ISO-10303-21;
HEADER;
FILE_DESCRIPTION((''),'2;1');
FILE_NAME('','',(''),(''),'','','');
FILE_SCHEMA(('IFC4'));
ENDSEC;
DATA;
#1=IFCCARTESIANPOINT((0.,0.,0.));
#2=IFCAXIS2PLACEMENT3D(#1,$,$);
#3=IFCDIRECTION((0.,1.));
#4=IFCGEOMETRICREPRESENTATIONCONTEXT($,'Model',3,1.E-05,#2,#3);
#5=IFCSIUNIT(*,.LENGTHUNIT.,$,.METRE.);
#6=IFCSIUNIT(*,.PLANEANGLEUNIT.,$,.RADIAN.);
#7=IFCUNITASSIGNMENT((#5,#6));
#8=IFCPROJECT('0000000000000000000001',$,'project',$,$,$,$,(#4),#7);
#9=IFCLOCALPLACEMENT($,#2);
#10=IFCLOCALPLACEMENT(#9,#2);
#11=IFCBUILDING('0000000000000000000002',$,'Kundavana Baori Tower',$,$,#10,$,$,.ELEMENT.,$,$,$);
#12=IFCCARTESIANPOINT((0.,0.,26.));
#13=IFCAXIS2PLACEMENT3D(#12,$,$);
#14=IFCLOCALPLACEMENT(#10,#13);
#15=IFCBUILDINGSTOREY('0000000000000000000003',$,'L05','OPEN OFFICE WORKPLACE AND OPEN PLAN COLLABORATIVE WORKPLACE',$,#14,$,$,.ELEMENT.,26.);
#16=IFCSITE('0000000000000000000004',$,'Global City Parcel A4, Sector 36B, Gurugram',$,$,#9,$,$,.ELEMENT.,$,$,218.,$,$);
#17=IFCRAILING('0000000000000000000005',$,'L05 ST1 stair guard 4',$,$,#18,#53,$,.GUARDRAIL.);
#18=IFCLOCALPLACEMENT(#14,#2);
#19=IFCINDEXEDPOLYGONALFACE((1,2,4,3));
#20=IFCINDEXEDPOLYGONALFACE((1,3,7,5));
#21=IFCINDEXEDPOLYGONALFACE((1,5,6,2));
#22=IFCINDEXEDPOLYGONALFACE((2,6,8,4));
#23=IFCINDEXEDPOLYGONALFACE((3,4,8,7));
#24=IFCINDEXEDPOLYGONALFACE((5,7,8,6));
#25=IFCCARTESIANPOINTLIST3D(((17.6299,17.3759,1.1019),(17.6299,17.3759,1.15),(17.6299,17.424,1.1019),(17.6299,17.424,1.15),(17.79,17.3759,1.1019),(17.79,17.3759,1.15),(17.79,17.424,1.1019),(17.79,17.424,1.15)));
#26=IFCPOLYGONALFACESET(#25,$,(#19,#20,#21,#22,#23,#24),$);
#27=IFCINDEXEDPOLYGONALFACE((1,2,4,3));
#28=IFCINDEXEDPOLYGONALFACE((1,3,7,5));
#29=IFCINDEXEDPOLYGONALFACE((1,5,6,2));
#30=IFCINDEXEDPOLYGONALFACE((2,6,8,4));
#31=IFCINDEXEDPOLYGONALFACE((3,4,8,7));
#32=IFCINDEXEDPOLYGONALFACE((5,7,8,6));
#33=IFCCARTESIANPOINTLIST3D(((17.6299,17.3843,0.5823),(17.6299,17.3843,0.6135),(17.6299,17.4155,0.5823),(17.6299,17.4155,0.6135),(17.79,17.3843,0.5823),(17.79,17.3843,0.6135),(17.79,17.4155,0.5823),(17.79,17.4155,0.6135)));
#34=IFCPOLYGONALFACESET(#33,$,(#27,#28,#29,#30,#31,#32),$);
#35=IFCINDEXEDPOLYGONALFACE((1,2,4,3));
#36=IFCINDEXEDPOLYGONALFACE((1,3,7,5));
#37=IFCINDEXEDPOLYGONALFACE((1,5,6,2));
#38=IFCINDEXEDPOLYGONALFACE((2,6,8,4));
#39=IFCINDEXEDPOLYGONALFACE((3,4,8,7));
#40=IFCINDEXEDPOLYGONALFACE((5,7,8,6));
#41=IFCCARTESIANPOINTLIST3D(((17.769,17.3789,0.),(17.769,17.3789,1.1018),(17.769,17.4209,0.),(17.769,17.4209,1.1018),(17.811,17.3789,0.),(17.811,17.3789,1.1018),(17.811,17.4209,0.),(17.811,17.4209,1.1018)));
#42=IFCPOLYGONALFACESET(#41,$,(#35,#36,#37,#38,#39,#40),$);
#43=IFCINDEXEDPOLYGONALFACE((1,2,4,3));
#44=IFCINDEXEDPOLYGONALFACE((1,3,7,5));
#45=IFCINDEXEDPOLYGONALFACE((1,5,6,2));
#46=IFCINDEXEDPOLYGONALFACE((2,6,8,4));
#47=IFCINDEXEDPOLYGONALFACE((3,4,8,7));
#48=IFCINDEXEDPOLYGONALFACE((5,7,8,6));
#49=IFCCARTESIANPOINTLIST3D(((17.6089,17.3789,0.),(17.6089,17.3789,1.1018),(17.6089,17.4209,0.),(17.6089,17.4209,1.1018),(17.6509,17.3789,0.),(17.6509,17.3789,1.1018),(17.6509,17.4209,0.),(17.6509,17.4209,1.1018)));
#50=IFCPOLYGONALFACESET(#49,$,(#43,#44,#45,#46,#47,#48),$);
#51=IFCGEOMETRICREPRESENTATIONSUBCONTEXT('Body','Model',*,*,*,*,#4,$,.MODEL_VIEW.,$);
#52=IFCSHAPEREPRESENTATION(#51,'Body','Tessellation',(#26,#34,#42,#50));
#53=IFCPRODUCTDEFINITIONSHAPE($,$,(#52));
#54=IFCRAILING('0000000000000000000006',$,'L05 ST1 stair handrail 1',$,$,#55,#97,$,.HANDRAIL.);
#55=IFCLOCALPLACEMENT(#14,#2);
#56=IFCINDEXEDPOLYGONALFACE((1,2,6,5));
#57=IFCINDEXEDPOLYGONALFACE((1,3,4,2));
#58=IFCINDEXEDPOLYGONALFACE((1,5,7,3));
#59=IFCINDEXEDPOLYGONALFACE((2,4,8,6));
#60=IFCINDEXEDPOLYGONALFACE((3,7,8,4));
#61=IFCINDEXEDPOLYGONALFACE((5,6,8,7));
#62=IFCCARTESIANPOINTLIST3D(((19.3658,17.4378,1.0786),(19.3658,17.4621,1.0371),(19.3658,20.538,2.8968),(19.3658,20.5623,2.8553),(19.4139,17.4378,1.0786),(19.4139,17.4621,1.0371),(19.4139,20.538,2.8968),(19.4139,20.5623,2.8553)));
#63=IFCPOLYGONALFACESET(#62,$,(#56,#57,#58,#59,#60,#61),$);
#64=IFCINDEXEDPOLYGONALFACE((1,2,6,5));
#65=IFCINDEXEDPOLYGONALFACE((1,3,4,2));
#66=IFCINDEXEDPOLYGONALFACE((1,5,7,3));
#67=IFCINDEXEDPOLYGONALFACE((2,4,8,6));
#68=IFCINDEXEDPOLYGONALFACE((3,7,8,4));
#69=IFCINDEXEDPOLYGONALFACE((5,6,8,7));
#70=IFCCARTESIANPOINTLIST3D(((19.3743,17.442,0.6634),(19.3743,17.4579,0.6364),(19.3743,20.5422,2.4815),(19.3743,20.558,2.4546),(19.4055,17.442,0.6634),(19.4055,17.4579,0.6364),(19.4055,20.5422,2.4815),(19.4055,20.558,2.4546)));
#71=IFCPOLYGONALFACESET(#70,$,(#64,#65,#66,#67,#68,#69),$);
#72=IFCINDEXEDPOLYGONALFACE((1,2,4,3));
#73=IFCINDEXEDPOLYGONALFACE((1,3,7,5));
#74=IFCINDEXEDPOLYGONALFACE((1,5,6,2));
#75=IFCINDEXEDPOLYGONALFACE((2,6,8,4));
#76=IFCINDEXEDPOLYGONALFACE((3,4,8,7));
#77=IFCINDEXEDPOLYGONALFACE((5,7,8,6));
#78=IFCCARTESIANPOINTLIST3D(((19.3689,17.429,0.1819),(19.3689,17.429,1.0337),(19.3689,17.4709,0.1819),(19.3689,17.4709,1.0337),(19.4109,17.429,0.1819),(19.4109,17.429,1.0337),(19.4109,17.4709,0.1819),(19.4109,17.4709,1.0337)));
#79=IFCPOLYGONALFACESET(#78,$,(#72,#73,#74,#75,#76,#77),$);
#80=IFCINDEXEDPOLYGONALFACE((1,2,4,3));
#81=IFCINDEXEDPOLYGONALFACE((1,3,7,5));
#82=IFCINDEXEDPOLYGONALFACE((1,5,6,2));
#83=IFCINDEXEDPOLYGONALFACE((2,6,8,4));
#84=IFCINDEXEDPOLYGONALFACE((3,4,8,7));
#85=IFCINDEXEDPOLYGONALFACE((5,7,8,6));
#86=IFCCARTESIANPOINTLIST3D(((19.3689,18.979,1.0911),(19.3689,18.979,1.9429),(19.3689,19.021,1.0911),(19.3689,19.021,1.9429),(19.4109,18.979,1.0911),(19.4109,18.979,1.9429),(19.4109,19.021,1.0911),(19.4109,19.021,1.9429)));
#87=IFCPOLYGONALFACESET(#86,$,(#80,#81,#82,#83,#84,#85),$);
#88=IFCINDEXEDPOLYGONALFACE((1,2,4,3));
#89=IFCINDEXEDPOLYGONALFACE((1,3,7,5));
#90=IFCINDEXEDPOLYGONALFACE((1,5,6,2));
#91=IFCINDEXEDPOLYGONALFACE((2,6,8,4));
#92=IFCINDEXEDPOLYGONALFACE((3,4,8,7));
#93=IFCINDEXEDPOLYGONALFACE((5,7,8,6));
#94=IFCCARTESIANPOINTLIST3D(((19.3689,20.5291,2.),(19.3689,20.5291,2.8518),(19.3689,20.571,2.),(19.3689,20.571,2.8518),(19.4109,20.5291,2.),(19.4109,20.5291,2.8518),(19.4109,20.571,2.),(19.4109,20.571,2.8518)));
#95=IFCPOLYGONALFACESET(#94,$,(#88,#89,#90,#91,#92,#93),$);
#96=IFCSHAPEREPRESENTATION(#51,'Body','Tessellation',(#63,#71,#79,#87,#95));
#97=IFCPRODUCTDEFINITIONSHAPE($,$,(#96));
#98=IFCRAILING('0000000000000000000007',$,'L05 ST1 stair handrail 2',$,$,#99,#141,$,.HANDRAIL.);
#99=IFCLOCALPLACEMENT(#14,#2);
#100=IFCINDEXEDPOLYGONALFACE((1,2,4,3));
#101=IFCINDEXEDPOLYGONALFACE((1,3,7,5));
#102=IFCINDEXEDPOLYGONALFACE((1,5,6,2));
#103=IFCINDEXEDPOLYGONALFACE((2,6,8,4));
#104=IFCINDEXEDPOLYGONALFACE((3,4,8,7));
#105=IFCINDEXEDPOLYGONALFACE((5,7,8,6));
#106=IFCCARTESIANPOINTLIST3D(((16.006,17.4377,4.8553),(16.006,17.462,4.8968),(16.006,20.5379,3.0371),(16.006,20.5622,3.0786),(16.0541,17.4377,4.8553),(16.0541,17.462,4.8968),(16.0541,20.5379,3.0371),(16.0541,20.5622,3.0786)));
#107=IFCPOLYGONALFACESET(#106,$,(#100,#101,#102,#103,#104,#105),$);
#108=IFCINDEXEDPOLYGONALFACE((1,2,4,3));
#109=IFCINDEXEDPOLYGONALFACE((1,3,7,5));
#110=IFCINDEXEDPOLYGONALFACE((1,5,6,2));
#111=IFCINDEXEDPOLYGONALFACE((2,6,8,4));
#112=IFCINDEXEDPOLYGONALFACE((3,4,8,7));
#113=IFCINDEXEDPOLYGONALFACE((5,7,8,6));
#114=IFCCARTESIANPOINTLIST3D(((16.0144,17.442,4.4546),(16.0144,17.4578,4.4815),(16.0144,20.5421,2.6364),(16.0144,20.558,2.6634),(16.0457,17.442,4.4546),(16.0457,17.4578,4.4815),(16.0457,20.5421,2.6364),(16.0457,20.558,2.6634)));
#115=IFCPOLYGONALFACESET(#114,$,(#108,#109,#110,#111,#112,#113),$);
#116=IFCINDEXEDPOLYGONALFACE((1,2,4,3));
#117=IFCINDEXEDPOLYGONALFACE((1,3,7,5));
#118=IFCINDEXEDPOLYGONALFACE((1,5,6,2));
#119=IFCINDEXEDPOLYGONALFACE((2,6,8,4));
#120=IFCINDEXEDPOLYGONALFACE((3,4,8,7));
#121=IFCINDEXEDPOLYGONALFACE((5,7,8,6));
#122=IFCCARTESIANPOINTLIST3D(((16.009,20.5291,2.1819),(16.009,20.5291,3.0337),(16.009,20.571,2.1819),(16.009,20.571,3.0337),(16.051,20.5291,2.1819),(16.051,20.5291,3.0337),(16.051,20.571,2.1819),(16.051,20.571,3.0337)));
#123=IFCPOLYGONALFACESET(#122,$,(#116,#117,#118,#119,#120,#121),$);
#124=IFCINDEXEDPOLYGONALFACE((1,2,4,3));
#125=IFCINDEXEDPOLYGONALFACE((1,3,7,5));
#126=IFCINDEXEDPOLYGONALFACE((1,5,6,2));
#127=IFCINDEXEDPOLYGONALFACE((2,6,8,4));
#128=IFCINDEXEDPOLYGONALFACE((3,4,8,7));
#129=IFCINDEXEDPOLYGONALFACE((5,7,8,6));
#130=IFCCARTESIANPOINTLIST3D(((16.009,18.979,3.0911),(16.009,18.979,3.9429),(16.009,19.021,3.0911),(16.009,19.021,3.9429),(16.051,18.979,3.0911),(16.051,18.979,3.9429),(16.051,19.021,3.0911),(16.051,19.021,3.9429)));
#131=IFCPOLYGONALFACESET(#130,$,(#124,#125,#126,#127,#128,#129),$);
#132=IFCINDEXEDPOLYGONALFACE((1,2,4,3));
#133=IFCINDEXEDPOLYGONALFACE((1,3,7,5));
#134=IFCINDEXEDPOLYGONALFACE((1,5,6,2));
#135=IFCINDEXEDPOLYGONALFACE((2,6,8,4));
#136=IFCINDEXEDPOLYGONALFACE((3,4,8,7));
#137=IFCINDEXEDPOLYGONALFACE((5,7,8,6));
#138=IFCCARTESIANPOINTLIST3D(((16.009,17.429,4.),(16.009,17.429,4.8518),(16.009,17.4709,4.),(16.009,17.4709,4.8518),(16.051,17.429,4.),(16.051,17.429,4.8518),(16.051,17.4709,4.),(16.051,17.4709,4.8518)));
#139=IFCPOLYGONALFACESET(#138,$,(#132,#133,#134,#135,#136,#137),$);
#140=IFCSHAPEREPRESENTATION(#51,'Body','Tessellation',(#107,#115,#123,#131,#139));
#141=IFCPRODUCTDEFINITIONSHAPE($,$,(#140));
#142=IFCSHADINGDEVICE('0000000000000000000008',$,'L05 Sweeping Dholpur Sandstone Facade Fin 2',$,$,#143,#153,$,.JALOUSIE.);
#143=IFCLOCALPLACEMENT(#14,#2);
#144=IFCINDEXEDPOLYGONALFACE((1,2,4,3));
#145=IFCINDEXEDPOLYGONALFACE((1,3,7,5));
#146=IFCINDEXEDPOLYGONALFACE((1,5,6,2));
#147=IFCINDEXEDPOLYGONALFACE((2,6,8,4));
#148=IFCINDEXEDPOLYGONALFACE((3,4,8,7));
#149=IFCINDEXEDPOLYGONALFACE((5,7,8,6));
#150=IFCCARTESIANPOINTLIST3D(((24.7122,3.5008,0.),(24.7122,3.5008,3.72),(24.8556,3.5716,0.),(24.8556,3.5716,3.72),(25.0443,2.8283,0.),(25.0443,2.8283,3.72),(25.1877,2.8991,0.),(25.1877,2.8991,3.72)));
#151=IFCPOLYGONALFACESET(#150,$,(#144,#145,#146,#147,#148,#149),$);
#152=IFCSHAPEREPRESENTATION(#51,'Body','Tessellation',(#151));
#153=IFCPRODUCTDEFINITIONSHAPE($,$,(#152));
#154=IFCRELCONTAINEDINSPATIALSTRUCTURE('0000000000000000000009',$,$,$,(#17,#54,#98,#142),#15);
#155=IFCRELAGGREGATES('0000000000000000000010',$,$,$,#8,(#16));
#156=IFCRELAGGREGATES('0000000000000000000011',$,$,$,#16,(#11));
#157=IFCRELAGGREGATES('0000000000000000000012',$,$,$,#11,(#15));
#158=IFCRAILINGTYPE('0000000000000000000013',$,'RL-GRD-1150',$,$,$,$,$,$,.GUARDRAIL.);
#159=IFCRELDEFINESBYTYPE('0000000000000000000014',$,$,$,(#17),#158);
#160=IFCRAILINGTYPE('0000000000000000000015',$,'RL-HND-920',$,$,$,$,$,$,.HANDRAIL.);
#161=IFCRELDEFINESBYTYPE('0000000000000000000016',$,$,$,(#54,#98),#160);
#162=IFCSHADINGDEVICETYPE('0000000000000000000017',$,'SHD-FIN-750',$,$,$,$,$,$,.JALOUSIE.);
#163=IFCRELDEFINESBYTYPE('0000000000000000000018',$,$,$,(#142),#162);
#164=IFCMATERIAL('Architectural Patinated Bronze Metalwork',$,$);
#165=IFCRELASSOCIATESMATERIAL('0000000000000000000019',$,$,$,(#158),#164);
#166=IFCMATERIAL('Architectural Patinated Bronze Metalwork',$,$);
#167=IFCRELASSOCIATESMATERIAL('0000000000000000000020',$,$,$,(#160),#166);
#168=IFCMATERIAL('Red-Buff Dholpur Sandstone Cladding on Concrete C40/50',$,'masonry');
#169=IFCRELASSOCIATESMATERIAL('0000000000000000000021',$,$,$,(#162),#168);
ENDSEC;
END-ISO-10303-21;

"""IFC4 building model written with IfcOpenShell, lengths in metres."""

from ifc_helpers import new_model, si_unit, direction, frame, origin, origin_2d, place, context, subcontext, project, spatial, rectangle, extrude, material, type_object, element, save


model = new_model("IFC4")

# Units and contexts
model_context = context("Model", 3, precision=1e-05, world=origin(), true_north=direction((0.0, 1.0)))
body_context = subcontext(model_context, "Body", "Model", "MODEL_VIEW")
ifc_project = project(units=[si_unit("LENGTHUNIT", "METRE"), si_unit("PLANEANGLEUNIT", "RADIAN")], contexts=[model_context])

# Site, building, storey
site_placement = place(None, origin())
site = spatial("IfcSite", under=ifc_project, at=site_placement, Name="Global City Parcel A4, Sector 36B, Gurugram", CompositionType="ELEMENT", RefElevation=218.0)
building_placement = place(site_placement, origin())
building = spatial("IfcBuilding", under=site, at=building_placement, Name="Kundavana Baori Tower", CompositionType="ELEMENT")
storey_placement = place(building_placement, frame((0.0, 0.0, 26.0)))
storey = spatial("IfcBuildingStorey", under=building, at=storey_placement, Name="L05", Description="OPEN OFFICE WORKPLACE AND OPEN PLAN COLLABORATIVE WORKPLACE", CompositionType="ELEMENT", Elevation=26.0)

# Railings
ifc_material_1 = material(Name="Architectural Patinated Bronze Metalwork")
railing_type_1 = type_object("IfcRailingType", Name="RL-GRD-1150", PredefinedType="GUARDRAIL", material=ifc_material_1)
railing_1_placement = place(storey_placement, frame((17.79, 17.3999, 0.0)))
element("IfcRailing", 1, at=railing_1_placement, inside=storey, type_object=railing_type_1, Name="L05 ST1 stair guard 4", PredefinedType="GUARDRAIL", context=body_context, shape_type="SweptSolid", body=[
    extrude(rectangle(XDim=0.0481, YDim=0.0481, at=origin_2d()), frame((0.0, 0.0, 1.126), z_axis=(-1.0, 0.0, 0.0), x_axis=(0.0, -1.0, 0.0)), (0.0, 0.0, 1.0), 0.1602),
    extrude(rectangle(XDim=0.0312, YDim=0.0312, at=origin_2d()), frame((0.0, 0.0, 0.5979), z_axis=(-1.0, 0.0, 0.0), x_axis=(0.0, -1.0, 0.0)), (0.0, 0.0, 1.0), 0.1602),
    extrude(rectangle(XDim=0.042, YDim=0.042, at=origin_2d()), origin(), (0.0, 0.0, 1.0), 1.1018),
    extrude(rectangle(XDim=0.042, YDim=0.042, at=origin_2d()), frame((-0.1602, 0.0, 0.0)), (0.0, 0.0, 1.0), 1.1018),
])
ifc_material_2 = material(Name="Architectural Patinated Bronze Metalwork")
railing_type_2 = type_object("IfcRailingType", Name="RL-HND-920", PredefinedType="HANDRAIL", material=ifc_material_2)
railing_2_placement = place(storey_placement, frame((19.3899, 17.45, 0.1819)))
element("IfcRailing", 2, at=railing_2_placement, inside=storey, type_object=railing_type_2, Name="L05 ST1 stair handrail 1", PredefinedType="HANDRAIL", context=body_context, shape_type="SweptSolid", body=[
    extrude(rectangle(XDim=0.0481, YDim=0.0481, at=origin_2d()), frame((0.0, 0.0, 0.876), z_axis=(0.0, 0.862599, 0.505889), x_axis=(-1.0, 0.0, 0.0)), (0.0, 0.0, 1.0), 3.594),
    extrude(rectangle(XDim=0.0312, YDim=0.0312, at=origin_2d()), frame((0.0, 0.0, 0.468), z_axis=(0.0, 0.862599, 0.505889), x_axis=(-1.0, 0.0, 0.0)), (0.0, 0.0, 1.0), 3.594),
    extrude(rectangle(XDim=0.042, YDim=0.042, at=origin_2d()), origin(), (0.0, 0.0, 1.0), 0.8518),
    extrude(rectangle(XDim=0.042, YDim=0.042, at=origin_2d()), frame((0.0, 1.55, 0.9092)), (0.0, 0.0, 1.0), 0.8518),
    extrude(rectangle(XDim=0.042, YDim=0.042, at=origin_2d()), frame((0.0, 3.1001, 1.8181)), (0.0, 0.0, 1.0), 0.8518),
])
railing_3_placement = place(storey_placement, frame((16.03, 20.55, 2.1819)))
element("IfcRailing", 3, at=railing_3_placement, inside=storey, type_object=railing_type_2, Name="L05 ST1 stair handrail 2", PredefinedType="HANDRAIL", context=body_context, shape_type="SweptSolid", body=[
    extrude(rectangle(XDim=0.0481, YDim=0.0481, at=origin_2d()), frame((0.0, 0.0, 0.876), z_axis=(0.0, -0.862599, 0.505889), x_axis=(1.0, 0.0, 0.0)), (0.0, 0.0, 1.0), 3.594),
    extrude(rectangle(XDim=0.0312, YDim=0.0312, at=origin_2d()), frame((0.0, 0.0, 0.468), z_axis=(0.0, -0.862599, 0.505889), x_axis=(1.0, 0.0, 0.0)), (0.0, 0.0, 1.0), 3.594),
    extrude(rectangle(XDim=0.042, YDim=0.042, at=origin_2d()), origin(), (0.0, 0.0, 1.0), 0.8518),
    extrude(rectangle(XDim=0.042, YDim=0.042, at=origin_2d()), frame((0.0, -1.55, 0.9092)), (0.0, 0.0, 1.0), 0.8518),
    extrude(rectangle(XDim=0.042, YDim=0.042, at=origin_2d()), frame((0.0, -3.1001, 1.8181)), (0.0, 0.0, 1.0), 0.8518),
])

# Shading device
ifc_material_3 = material(Name="Red-Buff Dholpur Sandstone Cladding on Concrete C40/50", Category="masonry")
shading_device_type = type_object("IfcShadingDeviceType", Name="SHD-FIN-750", PredefinedType="JALOUSIE", material=ifc_material_3)
shading_device_placement = place(storey_placement, frame((24.95, 3.2, 0.0), z_axis=(0.0, 0.0, 1.0), x_axis=(0.896641, 0.442758, 0.0)))
element("IfcShadingDevice", 4, at=shading_device_placement, inside=storey, type_object=shading_device_type, Name="L05 Sweeping Dholpur Sandstone Facade Fin 2", PredefinedType="JALOUSIE", context=body_context, shape_type="SweptSolid", body=[
    extrude(rectangle(XDim=0.1599, YDim=0.75, at=origin_2d()), origin(), (0.0, 0.0, 1.0), 3.72),
])

save(model, "model.ifc")
